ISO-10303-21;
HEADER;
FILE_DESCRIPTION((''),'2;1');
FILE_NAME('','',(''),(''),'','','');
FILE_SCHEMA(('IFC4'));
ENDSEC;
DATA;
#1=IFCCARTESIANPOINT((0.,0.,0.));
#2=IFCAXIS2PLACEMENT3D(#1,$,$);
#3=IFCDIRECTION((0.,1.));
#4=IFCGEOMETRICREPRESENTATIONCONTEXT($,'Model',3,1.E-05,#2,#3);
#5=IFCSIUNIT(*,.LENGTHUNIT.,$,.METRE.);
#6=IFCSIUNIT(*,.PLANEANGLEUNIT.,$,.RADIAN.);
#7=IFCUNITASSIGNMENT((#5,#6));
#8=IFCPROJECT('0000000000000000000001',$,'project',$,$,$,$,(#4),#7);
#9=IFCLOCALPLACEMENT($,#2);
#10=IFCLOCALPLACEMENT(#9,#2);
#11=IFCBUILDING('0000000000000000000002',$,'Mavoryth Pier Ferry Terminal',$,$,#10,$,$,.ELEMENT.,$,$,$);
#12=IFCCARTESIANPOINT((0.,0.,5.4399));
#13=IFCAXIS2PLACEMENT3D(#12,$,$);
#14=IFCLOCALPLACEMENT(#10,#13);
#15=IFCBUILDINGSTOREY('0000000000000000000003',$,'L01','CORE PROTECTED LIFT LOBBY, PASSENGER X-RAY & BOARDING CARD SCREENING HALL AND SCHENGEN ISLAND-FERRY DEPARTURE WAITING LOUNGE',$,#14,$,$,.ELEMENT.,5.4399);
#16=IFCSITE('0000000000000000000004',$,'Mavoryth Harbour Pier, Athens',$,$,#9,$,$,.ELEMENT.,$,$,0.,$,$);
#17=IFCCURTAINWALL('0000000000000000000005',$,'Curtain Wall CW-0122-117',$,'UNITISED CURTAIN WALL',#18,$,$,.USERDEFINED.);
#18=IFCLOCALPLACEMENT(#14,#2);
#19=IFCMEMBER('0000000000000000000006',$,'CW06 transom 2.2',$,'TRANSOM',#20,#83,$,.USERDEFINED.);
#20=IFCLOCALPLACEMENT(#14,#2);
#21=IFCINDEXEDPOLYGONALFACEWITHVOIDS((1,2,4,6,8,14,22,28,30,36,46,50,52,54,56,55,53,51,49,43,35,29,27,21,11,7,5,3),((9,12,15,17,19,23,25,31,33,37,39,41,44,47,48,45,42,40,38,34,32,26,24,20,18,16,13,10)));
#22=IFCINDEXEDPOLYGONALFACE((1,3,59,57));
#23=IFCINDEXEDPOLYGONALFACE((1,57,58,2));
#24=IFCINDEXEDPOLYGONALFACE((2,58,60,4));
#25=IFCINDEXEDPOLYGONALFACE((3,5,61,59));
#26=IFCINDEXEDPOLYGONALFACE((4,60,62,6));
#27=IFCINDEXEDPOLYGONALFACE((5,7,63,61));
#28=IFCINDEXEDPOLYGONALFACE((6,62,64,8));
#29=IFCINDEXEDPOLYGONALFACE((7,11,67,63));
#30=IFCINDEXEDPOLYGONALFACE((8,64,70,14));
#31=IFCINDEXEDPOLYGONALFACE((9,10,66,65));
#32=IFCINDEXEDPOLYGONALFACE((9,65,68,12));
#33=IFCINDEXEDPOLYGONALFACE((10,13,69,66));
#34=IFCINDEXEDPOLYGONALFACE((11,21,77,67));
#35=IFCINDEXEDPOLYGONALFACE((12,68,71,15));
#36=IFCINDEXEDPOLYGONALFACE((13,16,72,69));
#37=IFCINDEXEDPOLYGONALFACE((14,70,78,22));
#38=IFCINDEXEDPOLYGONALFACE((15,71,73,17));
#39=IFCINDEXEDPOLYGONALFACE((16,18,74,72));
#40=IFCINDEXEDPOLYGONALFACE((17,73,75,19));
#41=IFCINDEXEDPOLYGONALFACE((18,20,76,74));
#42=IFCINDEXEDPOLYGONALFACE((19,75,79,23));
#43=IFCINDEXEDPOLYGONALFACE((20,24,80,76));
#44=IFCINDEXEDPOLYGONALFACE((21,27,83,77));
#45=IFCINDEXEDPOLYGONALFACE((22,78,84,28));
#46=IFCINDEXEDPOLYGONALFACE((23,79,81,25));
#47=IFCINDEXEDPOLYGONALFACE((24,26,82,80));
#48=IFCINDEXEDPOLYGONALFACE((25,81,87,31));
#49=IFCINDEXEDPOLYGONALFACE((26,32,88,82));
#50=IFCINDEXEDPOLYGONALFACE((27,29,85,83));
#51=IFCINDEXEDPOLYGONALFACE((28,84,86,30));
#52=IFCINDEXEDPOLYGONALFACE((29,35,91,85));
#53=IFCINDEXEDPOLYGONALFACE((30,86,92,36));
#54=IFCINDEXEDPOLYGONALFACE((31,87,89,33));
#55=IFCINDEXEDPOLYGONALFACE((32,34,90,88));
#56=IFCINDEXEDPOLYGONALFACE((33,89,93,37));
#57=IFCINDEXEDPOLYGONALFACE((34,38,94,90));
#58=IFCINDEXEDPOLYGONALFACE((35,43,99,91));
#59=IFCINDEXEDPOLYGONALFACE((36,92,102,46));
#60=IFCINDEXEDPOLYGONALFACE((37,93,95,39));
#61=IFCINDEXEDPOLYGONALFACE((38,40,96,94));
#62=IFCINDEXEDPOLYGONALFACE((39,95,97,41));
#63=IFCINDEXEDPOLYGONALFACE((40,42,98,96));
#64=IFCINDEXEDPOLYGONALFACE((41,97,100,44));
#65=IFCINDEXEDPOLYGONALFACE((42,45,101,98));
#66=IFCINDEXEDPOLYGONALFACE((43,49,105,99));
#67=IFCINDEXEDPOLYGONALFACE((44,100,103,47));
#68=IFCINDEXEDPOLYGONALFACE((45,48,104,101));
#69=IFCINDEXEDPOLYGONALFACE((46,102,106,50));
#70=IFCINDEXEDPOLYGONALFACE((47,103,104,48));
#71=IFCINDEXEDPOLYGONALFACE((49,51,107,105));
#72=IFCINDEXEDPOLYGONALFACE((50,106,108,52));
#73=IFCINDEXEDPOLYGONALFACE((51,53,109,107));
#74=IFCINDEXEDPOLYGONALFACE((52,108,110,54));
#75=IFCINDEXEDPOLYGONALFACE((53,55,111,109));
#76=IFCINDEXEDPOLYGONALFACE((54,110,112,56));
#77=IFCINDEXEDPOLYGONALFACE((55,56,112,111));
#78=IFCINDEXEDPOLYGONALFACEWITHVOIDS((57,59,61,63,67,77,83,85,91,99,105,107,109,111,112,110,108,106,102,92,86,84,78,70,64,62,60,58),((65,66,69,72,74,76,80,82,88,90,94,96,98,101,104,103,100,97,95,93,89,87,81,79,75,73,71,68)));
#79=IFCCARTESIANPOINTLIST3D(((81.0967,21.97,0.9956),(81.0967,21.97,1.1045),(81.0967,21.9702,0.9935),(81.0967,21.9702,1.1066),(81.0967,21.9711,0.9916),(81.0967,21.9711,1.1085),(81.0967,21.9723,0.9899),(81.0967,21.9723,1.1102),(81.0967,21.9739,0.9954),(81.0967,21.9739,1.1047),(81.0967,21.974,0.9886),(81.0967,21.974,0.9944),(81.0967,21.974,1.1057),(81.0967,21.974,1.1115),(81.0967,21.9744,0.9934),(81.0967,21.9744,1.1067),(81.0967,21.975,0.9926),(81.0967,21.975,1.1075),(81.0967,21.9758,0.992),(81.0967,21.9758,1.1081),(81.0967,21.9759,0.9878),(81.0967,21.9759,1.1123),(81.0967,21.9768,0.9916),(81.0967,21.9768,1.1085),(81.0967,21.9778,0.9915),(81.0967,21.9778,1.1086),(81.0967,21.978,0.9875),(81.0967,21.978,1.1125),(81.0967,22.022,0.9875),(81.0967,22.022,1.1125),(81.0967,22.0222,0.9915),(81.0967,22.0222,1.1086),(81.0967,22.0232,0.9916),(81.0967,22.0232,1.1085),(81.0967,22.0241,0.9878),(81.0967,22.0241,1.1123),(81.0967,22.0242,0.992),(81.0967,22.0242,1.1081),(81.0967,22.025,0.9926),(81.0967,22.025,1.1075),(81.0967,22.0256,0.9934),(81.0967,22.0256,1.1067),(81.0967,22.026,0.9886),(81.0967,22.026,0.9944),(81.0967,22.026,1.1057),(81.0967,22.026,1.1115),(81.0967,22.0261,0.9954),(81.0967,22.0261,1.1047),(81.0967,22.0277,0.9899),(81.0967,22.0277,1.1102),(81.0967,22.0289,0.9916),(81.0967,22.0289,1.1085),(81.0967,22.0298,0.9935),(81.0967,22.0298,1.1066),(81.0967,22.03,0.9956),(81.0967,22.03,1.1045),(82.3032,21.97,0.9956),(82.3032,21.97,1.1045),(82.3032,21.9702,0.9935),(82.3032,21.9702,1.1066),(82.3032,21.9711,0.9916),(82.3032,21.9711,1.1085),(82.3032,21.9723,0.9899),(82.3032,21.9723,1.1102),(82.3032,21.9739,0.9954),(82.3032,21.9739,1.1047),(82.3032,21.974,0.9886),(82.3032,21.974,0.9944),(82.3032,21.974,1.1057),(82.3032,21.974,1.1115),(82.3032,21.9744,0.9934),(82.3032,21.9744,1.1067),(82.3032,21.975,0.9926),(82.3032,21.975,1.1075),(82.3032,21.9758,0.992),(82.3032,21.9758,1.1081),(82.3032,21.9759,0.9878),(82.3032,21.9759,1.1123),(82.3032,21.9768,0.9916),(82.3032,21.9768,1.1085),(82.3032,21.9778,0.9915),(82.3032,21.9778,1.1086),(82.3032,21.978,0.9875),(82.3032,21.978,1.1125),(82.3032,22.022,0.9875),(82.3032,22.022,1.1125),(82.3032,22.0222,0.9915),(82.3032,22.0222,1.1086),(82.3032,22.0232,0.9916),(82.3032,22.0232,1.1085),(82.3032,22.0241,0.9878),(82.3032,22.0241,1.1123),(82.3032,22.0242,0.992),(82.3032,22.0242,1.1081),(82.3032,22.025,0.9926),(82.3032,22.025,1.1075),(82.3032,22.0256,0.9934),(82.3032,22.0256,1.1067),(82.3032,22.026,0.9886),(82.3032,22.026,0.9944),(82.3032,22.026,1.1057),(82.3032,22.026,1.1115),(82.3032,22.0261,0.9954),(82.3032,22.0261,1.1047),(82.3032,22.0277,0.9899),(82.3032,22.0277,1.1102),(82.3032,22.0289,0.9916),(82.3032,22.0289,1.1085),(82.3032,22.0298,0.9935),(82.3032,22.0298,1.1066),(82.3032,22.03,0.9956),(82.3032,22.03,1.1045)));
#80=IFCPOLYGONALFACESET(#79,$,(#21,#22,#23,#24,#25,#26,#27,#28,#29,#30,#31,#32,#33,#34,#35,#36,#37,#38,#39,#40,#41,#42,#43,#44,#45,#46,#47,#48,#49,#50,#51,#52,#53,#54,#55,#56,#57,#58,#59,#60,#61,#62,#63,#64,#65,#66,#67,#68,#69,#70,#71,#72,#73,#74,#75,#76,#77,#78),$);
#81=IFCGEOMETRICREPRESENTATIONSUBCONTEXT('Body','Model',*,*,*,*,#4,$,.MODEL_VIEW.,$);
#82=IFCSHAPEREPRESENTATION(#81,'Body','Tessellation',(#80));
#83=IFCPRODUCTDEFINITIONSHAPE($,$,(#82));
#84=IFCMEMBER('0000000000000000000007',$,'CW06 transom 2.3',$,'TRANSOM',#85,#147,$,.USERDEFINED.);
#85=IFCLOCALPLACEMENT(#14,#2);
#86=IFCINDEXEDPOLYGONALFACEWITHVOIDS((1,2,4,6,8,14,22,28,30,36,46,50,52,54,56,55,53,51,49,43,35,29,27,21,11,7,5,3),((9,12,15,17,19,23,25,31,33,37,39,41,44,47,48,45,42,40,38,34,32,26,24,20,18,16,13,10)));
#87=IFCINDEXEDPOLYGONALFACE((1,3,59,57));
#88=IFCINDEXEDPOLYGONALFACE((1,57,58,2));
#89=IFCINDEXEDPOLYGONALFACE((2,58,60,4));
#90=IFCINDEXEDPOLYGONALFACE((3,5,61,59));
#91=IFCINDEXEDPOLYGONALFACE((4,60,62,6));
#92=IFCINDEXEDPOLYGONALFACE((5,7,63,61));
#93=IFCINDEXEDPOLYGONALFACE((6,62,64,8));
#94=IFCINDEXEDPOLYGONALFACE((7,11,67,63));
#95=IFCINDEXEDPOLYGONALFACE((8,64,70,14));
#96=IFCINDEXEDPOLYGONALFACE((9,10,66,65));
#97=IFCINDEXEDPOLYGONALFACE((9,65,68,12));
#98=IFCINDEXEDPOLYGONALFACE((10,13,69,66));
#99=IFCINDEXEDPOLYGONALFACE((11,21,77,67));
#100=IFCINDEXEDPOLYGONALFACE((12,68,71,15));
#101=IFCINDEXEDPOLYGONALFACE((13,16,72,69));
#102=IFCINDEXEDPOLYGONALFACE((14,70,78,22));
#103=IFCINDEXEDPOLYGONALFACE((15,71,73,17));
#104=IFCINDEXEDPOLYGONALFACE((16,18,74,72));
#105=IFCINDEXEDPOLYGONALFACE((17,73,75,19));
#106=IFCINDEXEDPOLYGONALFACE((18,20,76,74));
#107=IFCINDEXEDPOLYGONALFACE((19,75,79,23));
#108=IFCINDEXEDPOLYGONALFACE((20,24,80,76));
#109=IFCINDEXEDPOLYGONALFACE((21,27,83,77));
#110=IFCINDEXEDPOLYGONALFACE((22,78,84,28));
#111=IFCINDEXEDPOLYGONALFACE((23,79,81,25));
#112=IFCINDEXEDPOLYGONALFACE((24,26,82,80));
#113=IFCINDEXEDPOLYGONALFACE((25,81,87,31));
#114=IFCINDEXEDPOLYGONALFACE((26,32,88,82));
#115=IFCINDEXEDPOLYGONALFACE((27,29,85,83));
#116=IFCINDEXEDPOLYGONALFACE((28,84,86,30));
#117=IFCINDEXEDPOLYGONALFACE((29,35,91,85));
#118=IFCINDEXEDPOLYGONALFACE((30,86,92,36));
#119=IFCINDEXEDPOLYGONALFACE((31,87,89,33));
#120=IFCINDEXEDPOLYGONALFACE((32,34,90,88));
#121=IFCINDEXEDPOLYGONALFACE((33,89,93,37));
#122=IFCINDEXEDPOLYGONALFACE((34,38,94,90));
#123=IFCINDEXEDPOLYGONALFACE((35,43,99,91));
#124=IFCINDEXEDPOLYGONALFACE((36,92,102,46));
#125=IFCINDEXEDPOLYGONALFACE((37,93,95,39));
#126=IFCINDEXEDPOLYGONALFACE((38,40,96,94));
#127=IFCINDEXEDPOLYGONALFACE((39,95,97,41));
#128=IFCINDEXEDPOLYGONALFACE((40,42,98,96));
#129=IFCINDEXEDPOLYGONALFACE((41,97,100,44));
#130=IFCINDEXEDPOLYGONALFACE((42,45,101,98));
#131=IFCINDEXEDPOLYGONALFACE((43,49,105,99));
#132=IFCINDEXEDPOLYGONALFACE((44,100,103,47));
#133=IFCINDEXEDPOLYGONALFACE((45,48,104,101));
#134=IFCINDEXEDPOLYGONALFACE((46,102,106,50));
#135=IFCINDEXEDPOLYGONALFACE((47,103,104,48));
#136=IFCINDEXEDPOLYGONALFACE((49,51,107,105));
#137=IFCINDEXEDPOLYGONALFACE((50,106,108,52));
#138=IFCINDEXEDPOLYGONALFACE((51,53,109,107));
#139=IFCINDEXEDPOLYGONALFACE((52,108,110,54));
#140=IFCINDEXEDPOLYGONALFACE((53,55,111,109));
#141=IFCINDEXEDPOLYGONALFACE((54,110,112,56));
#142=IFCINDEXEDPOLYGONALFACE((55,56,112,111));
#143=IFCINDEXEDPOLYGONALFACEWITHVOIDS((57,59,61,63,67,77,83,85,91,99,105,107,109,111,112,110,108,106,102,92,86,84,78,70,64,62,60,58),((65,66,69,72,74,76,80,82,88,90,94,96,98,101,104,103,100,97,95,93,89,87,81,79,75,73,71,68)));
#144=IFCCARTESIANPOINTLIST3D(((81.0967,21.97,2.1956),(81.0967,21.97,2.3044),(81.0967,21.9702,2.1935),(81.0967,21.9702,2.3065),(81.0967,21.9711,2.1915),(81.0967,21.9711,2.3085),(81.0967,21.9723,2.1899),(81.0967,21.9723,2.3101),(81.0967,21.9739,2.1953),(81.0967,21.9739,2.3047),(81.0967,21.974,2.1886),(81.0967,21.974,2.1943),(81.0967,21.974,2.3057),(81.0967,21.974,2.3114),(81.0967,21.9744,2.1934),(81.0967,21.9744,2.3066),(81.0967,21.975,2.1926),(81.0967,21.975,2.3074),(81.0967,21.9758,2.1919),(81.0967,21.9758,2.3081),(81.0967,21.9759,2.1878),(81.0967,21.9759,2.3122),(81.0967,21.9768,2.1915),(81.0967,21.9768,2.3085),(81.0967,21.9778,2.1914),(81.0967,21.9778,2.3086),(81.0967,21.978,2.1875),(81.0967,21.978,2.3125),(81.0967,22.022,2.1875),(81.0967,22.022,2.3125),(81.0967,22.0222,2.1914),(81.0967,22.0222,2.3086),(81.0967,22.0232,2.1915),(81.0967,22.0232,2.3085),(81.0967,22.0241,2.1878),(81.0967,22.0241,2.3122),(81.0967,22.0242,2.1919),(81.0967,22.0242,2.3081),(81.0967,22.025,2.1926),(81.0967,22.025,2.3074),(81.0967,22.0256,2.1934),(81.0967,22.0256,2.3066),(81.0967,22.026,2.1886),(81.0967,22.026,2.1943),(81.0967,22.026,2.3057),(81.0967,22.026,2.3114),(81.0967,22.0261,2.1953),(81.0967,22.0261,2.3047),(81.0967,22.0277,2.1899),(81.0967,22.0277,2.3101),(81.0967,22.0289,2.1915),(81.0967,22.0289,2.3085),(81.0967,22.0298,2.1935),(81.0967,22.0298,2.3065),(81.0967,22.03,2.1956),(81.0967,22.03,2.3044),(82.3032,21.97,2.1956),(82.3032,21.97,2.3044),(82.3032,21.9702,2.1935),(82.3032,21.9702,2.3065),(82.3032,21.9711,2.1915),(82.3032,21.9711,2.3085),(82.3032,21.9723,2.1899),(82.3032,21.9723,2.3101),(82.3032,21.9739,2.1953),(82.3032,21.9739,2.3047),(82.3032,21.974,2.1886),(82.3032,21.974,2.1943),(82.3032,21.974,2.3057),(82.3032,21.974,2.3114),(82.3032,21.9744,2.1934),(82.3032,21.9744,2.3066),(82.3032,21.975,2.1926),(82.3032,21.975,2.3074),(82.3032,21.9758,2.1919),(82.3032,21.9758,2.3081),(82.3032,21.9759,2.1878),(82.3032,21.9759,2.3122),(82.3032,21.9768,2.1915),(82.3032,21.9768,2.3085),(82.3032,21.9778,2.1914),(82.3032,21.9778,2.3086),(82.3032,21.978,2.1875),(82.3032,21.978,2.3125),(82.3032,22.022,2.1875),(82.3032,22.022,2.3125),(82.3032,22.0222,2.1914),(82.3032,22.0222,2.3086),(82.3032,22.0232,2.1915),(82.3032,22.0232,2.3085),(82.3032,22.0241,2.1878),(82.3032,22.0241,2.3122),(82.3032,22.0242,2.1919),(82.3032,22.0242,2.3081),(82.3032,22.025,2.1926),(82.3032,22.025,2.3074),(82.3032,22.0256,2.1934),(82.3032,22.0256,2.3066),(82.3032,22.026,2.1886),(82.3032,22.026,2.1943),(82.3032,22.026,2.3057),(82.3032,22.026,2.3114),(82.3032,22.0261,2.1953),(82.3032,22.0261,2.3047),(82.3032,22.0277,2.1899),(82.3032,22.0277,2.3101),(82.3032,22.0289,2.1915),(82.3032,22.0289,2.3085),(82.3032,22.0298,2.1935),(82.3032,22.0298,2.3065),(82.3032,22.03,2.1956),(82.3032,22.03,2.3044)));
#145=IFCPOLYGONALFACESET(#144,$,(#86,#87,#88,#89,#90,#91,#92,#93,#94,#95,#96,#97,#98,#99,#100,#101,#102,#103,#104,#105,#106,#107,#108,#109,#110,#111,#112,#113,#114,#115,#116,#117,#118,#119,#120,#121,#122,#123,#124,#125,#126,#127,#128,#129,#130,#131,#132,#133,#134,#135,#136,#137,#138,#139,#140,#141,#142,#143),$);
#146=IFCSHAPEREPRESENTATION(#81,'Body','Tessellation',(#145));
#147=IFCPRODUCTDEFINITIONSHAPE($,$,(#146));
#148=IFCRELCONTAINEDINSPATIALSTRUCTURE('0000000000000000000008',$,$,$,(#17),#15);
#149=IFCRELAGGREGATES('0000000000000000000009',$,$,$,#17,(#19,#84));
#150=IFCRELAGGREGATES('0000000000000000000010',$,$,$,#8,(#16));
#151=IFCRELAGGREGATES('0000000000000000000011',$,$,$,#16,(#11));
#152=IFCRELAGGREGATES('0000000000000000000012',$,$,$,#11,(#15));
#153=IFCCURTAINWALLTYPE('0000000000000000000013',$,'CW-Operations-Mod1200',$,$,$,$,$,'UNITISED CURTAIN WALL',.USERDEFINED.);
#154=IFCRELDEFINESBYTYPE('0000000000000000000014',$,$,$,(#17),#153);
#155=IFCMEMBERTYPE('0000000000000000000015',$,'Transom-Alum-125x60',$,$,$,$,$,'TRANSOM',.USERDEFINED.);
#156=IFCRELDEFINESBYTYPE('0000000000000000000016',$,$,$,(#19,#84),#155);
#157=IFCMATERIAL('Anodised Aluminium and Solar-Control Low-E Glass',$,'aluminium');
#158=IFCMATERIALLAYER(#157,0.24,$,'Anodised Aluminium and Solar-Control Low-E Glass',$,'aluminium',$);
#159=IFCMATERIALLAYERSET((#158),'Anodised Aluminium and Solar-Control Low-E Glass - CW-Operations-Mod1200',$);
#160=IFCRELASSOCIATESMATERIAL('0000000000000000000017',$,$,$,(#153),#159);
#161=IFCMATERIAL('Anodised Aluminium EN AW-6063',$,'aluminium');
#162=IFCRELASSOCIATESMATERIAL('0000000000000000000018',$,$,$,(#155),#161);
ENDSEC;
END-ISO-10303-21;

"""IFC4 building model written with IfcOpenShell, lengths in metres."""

from ifc_helpers import new_model, si_unit, direction, frame, origin, origin_2d, place, context, subcontext, project, spatial, hollow_rectangle, extrude, material, layer, layer_set, material_profile, profile_set, type_object, element, aggregate, save


model = new_model("IFC4")

# Units and contexts
model_context = context("Model", 3, precision=1e-05, world=origin(), true_north=direction((0.0, 1.0)))
body_context = subcontext(model_context, "Body", "Model", "MODEL_VIEW")
ifc_project = project(units=[si_unit("LENGTHUNIT", "METRE"), si_unit("PLANEANGLEUNIT", "RADIAN")], contexts=[model_context])

# Site, building, storey
site_placement = place(None, origin())
site = spatial("IfcSite", under=ifc_project, at=site_placement, Name="Mavoryth Harbour Pier, Athens", CompositionType="ELEMENT", RefElevation=0.0)
building_placement = place(site_placement, origin())
building = spatial("IfcBuilding", under=site, at=building_placement, Name="Mavoryth Pier Ferry Terminal", CompositionType="ELEMENT")
storey_placement = place(building_placement, frame((0.0, 0.0, 5.4399)))
storey = spatial("IfcBuildingStorey", under=building, at=storey_placement, Name="L01", Description="CORE PROTECTED LIFT LOBBY, PASSENGER X-RAY & BOARDING CARD SCREENING HALL AND SCHENGEN ISLAND-FERRY DEPARTURE WAITING LOUNGE", CompositionType="ELEMENT", Elevation=5.4399)

# Curtain wall
ifc_material_1 = material(Name="Anodised Aluminium and Solar-Control Low-E Glass", Category="aluminium")
ifc_layer_1 = layer(ifc_material_1, 0.24, Name="Anodised Aluminium and Solar-Control Low-E Glass", Category="aluminium")
ifc_layer_set_1 = layer_set([ifc_layer_1], Name="Anodised Aluminium and Solar-Control Low-E Glass - CW-Operations-Mod1200")
curtain_wall_type = type_object("IfcCurtainWallType", Name="CW-Operations-Mod1200", ElementType="UNITISED CURTAIN WALL", PredefinedType="USERDEFINED", material=ifc_layer_set_1)
curtain_wall_1_placement = place(storey_placement, origin())
curtain_wall_1 = element("IfcCurtainWall", 1, at=curtain_wall_1_placement, inside=storey, type_object=curtain_wall_type, Name="Curtain Wall CW-0122-117", ObjectType="UNITISED CURTAIN WALL", PredefinedType="USERDEFINED")
ifc_material_2 = material(Name="Anodised Aluminium EN AW-6063", Category="aluminium")

# Members
ifc_material_profile_1 = material_profile(ifc_material_2, hollow_rectangle(XDim=0.0601, YDim=0.125, WallThickness=0.0039, InnerFilletRadius=0.0039, OuterFilletRadius=0.0081, at=origin_2d()), Name="AL-TRAN 125x60x4", Category="aluminium")
ifc_profile_set_1 = profile_set([ifc_material_profile_1], Name="Anodised Aluminium EN AW-6063 - AL-TRAN 125x60x4")
member_type_1 = type_object("IfcMemberType", Name="Transom-Alum-125x60", ElementType="TRANSOM", PredefinedType="USERDEFINED", material=ifc_profile_set_1)
member_1_placement = place(storey_placement, frame((82.3032, 22.0, 1.05), z_axis=(-1.0, 0.0, 0.0), x_axis=(0.0, -1.0, 0.0)))
member_1 = element("IfcMember", 2, at=member_1_placement, type_object=member_type_1, Name="CW06 transom 2.2", ObjectType="TRANSOM", PredefinedType="USERDEFINED", context=body_context, shape_type="SweptSolid", body=[
    extrude(hollow_rectangle(XDim=0.0601, YDim=0.125, WallThickness=0.0039, InnerFilletRadius=0.0039, OuterFilletRadius=0.0081, at=origin_2d()), origin(), (0.0, 0.0, 1.0), 1.2065),
])
member_2_placement = place(storey_placement, frame((82.3032, 22.0, 2.25), z_axis=(-1.0, 0.0, 0.0), x_axis=(0.0, -1.0, 0.0)))
member_2 = element("IfcMember", 3, at=member_2_placement, type_object=member_type_1, Name="CW06 transom 2.3", ObjectType="TRANSOM", PredefinedType="USERDEFINED", context=body_context, shape_type="SweptSolid", body=[
    extrude(hollow_rectangle(XDim=0.0601, YDim=0.125, WallThickness=0.0039, InnerFilletRadius=0.0039, OuterFilletRadius=0.0081, at=origin_2d()), origin(), (0.0, 0.0, 1.0), 1.2065),
])

aggregate(curtain_wall_1, [member_1, member_2])

save(model, "model.ifc")
